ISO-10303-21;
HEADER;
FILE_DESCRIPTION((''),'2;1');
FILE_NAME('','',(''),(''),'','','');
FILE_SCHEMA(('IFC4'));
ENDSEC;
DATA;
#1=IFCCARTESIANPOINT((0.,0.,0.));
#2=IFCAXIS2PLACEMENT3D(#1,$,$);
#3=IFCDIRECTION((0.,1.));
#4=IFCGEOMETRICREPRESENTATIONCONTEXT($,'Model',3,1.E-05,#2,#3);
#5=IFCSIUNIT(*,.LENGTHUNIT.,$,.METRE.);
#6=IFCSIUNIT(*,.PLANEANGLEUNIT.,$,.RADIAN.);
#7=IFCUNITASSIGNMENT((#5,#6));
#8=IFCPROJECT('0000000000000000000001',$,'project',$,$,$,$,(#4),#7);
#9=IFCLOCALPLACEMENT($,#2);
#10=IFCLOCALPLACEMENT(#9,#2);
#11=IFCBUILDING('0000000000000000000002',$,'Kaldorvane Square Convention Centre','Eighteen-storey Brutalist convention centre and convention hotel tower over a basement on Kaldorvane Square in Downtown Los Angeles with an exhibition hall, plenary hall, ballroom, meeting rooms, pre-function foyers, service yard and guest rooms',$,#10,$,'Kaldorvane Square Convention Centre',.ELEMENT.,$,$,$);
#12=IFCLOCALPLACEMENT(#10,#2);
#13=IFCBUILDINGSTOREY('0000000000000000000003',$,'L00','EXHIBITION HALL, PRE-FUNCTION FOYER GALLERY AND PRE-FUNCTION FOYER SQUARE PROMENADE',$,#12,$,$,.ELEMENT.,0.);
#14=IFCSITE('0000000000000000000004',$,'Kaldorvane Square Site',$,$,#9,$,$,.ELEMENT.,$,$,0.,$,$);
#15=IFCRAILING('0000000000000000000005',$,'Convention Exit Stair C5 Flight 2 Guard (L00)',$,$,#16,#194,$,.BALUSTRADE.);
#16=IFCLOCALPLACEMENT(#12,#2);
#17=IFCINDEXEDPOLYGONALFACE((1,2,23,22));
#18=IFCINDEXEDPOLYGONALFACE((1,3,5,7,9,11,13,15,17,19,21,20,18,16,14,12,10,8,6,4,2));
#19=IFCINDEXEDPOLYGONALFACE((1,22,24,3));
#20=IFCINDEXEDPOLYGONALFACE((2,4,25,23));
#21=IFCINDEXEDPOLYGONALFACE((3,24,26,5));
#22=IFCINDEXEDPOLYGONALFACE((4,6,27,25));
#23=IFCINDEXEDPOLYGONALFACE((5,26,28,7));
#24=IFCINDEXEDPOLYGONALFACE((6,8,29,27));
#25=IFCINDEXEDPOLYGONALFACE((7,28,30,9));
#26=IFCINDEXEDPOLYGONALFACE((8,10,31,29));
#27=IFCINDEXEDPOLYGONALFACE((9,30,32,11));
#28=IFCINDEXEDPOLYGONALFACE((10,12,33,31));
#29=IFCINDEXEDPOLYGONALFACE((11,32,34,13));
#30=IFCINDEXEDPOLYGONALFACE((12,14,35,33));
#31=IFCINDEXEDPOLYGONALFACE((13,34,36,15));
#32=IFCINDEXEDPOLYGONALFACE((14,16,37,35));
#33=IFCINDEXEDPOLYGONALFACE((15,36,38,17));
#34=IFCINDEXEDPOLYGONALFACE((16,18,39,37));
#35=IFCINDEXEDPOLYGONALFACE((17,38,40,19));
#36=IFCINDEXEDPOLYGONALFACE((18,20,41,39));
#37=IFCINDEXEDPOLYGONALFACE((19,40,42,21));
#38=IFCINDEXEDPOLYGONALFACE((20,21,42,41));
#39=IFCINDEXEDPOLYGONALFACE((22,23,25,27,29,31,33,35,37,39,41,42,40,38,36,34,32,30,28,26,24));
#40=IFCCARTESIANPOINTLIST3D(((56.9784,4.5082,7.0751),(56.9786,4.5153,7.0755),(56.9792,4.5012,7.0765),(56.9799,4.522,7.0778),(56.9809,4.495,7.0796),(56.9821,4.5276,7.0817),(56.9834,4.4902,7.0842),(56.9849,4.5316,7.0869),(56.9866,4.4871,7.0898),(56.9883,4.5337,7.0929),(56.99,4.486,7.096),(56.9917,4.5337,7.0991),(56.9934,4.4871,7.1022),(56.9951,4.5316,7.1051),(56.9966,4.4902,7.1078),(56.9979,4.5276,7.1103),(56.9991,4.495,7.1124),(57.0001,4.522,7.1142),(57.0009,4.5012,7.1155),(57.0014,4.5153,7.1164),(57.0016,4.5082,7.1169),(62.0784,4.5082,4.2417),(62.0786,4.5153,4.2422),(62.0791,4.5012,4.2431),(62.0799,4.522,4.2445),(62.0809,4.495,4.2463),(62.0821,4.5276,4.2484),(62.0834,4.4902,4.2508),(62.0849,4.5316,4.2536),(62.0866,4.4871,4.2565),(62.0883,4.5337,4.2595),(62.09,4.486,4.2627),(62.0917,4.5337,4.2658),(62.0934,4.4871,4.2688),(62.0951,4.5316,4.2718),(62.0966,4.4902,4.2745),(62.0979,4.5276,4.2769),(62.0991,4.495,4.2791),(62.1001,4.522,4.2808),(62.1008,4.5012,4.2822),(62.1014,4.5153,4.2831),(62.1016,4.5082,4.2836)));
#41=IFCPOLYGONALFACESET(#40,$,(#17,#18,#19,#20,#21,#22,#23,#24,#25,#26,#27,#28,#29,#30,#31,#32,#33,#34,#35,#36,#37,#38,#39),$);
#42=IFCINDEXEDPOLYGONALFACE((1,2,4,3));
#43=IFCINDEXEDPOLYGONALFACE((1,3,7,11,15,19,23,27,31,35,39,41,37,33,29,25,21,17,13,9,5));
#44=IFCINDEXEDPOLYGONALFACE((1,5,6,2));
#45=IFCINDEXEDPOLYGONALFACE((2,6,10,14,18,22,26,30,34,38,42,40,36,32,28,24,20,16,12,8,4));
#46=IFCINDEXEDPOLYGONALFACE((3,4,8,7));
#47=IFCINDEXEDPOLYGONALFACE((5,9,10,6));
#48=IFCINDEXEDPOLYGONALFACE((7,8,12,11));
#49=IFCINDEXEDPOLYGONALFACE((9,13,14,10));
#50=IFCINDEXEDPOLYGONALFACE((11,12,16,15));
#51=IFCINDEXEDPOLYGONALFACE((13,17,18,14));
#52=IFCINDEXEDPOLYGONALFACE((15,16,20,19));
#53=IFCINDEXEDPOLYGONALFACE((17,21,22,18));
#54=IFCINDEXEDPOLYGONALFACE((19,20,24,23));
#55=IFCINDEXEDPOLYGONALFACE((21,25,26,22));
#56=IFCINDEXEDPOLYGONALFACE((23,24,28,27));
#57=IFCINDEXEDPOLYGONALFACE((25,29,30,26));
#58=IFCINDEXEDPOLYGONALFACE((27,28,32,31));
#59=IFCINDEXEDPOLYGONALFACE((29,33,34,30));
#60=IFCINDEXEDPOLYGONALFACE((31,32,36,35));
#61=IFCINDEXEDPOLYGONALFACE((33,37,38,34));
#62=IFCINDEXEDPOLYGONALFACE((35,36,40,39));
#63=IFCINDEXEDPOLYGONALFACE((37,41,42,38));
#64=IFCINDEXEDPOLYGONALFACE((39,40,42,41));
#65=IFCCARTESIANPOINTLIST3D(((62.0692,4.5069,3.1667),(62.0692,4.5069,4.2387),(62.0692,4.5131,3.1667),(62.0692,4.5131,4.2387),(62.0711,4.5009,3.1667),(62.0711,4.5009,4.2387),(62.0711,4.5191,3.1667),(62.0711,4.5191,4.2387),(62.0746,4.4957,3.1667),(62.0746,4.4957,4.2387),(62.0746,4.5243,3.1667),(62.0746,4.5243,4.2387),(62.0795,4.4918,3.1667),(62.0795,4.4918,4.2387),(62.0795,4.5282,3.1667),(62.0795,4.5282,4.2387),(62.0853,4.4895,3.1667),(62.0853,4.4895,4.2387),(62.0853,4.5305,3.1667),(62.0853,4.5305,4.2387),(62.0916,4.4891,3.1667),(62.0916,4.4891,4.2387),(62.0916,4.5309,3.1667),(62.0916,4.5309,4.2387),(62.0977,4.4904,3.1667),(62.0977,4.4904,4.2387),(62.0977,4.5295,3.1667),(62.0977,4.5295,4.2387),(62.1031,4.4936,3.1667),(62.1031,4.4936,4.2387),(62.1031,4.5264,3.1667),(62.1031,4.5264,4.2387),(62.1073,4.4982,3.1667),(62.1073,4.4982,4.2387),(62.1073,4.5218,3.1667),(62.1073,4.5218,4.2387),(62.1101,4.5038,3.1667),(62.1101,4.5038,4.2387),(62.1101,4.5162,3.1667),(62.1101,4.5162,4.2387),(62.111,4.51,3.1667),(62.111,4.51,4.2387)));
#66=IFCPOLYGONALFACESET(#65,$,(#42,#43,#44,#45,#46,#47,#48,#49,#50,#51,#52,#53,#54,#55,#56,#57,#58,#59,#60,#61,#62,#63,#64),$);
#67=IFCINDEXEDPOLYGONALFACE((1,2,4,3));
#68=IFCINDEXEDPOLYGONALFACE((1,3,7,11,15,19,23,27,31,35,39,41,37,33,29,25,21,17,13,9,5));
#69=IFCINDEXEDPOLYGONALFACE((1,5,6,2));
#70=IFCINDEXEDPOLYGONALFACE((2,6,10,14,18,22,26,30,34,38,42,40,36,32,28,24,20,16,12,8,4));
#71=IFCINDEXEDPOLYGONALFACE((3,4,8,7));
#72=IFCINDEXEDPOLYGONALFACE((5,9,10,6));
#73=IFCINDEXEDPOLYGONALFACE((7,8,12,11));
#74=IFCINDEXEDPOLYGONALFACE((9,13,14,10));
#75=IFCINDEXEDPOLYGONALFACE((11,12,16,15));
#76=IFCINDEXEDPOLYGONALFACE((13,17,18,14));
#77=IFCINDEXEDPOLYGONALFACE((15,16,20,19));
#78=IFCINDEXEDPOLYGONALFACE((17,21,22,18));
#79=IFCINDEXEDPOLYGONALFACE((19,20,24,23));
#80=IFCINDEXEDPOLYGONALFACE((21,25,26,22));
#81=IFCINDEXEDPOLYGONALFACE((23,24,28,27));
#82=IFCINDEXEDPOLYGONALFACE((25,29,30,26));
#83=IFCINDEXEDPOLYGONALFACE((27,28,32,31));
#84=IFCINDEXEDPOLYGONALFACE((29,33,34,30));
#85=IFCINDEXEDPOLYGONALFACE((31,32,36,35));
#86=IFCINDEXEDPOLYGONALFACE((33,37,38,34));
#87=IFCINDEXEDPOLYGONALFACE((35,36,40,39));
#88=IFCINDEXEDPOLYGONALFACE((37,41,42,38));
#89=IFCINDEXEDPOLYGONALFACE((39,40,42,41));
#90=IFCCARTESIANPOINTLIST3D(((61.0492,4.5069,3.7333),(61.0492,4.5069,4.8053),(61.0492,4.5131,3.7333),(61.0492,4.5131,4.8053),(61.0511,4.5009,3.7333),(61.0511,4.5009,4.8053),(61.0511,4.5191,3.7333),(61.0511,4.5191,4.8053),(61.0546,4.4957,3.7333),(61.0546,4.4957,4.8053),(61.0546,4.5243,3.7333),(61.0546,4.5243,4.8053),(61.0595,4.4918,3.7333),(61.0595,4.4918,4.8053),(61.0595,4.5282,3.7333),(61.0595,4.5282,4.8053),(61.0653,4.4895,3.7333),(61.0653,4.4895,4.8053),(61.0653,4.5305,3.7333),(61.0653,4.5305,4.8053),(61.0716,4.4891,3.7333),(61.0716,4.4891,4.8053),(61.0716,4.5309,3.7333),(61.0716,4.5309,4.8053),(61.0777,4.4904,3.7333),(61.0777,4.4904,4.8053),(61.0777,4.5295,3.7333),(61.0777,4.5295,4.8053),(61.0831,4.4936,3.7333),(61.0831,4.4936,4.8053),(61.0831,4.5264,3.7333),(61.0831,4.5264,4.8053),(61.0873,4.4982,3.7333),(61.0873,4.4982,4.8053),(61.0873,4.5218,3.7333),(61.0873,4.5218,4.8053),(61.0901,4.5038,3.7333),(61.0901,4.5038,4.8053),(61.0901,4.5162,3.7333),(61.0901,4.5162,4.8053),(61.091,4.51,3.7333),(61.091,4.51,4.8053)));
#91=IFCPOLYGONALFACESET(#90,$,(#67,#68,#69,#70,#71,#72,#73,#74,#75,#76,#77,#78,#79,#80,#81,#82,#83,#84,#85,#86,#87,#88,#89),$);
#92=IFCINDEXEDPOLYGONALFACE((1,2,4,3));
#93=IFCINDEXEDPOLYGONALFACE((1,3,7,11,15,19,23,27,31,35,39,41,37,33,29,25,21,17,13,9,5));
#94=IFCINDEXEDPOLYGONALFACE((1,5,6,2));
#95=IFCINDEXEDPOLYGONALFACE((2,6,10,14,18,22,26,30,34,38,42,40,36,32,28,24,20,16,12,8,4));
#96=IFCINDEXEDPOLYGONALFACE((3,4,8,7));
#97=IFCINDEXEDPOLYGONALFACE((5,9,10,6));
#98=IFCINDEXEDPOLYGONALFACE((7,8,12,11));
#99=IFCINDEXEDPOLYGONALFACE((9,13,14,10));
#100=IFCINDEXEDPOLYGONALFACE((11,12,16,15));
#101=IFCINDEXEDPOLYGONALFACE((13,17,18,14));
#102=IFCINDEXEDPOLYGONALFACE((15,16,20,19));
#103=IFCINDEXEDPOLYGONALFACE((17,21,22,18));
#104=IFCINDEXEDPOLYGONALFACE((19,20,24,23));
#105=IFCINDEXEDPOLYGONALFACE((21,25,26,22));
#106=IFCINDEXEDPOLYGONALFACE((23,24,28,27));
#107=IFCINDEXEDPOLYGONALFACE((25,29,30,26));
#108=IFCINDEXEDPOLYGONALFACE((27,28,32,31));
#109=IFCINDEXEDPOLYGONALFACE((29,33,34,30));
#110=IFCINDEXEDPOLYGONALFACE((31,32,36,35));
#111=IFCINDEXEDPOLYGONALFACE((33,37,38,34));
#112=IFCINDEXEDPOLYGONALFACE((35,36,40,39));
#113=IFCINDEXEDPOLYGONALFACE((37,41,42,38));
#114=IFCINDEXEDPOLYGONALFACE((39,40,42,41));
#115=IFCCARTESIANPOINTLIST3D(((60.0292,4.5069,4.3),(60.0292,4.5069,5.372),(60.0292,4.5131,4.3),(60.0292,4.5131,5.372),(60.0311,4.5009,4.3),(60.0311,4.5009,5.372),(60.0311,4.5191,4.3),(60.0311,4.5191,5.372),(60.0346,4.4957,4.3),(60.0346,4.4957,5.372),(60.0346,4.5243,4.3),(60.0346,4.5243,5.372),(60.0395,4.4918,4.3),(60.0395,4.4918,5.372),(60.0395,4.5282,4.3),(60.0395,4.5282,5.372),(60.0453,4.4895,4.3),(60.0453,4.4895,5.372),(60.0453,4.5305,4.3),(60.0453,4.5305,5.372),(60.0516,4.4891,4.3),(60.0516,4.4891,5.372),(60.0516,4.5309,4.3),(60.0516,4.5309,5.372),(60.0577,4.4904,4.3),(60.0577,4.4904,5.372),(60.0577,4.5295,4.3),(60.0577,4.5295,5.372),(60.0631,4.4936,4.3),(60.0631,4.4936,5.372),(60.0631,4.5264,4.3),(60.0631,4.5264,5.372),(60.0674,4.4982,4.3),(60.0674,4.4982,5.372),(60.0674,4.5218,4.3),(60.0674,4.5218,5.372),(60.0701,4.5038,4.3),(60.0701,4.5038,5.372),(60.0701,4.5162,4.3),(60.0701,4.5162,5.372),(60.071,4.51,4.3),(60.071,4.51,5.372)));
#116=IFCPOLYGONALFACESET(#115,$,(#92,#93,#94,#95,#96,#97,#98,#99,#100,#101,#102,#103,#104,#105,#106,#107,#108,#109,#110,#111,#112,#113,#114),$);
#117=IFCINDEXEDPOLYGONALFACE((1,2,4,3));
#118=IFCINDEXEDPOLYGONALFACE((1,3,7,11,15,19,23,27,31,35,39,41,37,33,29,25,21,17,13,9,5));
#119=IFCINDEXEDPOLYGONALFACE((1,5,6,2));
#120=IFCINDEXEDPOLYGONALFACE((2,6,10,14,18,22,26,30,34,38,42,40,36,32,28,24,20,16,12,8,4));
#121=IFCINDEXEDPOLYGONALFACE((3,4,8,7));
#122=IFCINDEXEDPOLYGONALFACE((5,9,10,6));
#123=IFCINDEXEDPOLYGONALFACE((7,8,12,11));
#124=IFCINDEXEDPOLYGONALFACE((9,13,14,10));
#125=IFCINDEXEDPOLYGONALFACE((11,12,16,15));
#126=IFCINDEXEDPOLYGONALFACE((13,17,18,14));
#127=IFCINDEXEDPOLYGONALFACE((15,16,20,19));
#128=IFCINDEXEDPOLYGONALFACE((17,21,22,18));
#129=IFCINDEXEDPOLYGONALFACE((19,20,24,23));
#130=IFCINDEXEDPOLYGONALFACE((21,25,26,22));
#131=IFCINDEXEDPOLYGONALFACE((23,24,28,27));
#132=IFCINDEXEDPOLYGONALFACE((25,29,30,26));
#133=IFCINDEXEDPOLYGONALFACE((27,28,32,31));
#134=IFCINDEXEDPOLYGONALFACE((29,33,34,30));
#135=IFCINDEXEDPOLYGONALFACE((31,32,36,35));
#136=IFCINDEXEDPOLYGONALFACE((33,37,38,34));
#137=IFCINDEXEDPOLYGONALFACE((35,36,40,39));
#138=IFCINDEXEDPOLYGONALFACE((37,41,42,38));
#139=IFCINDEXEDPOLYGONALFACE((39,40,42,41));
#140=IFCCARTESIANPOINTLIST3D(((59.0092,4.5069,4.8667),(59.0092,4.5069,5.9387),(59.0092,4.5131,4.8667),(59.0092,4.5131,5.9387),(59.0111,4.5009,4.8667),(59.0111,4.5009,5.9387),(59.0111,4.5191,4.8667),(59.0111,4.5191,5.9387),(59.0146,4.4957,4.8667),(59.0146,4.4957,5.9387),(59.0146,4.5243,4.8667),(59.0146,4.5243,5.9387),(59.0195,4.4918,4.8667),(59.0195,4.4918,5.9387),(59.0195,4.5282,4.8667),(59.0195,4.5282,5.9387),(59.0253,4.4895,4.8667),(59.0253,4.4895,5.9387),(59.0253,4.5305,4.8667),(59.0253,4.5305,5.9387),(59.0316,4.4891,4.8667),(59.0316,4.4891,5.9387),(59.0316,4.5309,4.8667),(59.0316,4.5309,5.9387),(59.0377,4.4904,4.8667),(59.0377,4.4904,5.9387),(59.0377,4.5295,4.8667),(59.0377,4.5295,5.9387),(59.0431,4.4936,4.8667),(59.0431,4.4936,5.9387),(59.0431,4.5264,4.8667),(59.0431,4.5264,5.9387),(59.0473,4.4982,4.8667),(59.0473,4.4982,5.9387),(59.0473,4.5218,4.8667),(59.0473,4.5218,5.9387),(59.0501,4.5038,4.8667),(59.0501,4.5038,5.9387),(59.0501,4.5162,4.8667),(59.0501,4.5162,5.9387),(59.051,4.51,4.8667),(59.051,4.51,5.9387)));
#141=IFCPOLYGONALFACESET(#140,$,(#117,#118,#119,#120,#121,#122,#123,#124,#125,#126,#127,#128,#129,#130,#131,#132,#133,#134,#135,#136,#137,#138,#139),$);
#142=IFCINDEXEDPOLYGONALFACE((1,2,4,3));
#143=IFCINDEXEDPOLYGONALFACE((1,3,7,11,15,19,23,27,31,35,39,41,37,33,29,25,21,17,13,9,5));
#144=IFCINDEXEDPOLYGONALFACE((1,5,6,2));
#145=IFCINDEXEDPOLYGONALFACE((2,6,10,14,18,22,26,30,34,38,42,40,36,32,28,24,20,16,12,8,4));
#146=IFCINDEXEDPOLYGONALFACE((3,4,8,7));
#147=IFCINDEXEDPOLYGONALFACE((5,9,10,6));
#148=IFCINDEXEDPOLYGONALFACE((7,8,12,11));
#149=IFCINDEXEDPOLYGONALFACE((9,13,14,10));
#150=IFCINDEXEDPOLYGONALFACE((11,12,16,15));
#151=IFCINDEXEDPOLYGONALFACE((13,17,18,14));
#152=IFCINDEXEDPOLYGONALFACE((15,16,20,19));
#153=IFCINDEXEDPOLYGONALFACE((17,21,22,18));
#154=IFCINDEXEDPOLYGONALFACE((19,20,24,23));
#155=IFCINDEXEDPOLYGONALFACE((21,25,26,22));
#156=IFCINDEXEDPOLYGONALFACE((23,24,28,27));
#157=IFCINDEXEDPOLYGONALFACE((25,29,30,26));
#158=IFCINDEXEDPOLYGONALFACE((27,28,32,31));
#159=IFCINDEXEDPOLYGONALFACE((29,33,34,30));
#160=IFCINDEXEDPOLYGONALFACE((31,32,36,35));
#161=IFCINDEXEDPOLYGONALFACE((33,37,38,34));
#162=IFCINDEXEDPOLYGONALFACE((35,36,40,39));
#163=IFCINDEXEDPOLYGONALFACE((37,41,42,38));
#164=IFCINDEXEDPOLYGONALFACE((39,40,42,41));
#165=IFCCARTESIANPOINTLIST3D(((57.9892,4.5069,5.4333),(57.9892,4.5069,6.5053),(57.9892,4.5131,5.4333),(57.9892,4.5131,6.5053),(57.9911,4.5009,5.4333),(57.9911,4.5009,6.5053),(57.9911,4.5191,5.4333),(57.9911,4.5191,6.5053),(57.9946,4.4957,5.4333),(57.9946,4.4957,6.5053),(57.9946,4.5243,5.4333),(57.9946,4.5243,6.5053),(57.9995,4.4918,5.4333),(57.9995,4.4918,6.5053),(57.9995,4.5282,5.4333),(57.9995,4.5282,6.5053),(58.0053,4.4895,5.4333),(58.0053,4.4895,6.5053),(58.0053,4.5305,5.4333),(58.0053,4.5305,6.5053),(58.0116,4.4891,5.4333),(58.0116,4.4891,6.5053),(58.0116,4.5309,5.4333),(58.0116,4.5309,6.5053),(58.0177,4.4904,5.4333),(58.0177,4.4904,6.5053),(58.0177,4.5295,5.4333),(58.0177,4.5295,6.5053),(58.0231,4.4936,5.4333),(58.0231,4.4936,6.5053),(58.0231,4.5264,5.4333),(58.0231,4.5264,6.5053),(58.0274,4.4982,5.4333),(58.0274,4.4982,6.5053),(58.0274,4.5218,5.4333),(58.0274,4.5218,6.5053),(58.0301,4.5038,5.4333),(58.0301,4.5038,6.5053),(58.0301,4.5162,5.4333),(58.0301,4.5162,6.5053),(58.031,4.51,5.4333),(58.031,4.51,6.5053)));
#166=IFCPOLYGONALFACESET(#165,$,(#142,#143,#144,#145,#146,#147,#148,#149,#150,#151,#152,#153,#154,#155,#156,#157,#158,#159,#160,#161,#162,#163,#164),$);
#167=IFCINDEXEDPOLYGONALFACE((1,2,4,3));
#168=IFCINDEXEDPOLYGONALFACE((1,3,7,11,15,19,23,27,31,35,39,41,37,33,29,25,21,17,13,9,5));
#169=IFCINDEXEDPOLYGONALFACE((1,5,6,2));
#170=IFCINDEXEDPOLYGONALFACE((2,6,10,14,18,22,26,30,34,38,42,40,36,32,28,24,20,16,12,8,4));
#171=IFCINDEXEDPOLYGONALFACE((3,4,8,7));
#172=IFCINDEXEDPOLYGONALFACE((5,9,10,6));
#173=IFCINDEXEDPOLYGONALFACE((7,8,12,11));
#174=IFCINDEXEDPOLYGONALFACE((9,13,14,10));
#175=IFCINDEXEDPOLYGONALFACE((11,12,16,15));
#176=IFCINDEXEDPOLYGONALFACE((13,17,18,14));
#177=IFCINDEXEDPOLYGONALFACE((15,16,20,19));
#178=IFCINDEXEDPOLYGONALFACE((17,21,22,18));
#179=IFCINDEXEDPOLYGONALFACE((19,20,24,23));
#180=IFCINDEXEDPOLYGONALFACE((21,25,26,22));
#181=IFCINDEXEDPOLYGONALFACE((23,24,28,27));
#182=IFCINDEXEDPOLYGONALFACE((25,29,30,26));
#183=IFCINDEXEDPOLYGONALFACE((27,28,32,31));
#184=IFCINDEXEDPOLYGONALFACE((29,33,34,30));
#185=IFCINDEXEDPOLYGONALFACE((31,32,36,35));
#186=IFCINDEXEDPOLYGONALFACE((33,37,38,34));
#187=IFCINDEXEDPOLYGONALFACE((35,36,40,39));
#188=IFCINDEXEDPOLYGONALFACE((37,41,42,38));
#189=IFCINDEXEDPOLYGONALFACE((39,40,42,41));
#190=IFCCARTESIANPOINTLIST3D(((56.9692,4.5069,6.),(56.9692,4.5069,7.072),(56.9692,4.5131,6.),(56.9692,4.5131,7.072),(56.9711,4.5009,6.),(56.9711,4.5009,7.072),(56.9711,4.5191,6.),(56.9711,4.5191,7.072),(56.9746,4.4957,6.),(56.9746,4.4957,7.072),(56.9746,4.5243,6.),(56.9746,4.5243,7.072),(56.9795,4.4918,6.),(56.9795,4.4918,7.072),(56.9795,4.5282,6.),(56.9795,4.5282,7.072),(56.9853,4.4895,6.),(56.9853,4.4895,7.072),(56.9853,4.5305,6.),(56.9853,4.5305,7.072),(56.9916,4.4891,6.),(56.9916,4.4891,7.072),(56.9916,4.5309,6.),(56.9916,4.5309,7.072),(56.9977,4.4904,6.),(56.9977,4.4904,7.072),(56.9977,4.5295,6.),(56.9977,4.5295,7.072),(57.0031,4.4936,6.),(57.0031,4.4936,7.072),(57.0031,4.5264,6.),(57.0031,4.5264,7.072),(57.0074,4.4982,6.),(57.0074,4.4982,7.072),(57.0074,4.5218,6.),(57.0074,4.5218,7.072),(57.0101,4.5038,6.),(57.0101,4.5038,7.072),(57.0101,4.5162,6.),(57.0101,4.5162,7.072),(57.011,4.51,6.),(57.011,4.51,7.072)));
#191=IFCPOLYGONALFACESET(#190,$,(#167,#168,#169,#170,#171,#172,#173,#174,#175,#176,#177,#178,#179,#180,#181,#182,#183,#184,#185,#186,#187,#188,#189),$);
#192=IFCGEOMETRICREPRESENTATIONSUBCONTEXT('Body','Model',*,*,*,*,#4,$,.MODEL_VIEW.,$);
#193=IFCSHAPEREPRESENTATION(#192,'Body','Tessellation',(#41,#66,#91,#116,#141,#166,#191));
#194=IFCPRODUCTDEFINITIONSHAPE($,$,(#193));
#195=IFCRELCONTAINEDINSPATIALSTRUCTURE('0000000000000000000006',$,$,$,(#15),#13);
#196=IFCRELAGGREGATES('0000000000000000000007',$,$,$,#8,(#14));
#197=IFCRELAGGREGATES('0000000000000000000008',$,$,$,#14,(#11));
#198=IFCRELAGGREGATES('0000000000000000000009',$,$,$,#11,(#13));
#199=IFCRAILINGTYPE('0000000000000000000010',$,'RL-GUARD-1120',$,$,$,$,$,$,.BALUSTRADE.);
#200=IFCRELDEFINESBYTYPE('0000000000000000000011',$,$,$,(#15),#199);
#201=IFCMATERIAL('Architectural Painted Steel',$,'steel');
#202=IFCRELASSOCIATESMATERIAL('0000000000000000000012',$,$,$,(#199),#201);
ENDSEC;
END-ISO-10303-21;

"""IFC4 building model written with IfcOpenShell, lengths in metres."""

from ifc_helpers import new_model, si_unit, direction, frame, origin, origin_2d, place, context, subcontext, project, spatial, circle, extrude, material, type_object, element, save


model = new_model("IFC4")

# Units and contexts
model_context = context("Model", 3, precision=1e-05, world=origin(), true_north=direction((0.0, 1.0)))
body_context = subcontext(model_context, "Body", "Model", "MODEL_VIEW")
ifc_project = project(units=[si_unit("LENGTHUNIT", "METRE"), si_unit("PLANEANGLEUNIT", "RADIAN")], contexts=[model_context])

# Site, building, storey
site_placement = place(None, origin())
site = spatial("IfcSite", under=ifc_project, at=site_placement, Name="Kaldorvane Square Site", CompositionType="ELEMENT", RefElevation=0.0)
building_placement = place(site_placement, origin())
building = spatial("IfcBuilding", under=site, at=building_placement, Name="Kaldorvane Square Convention Centre", Description="Eighteen-storey Brutalist convention centre and convention hotel tower over a basement on Kaldorvane Square in Downtown Los Angeles with an exhibition hall, plenary hall, ballroom, meeting rooms, pre-function foyers, service yard and guest rooms", LongName="Kaldorvane Square Convention Centre", CompositionType="ELEMENT")
storey_placement = place(building_placement, origin())
storey = spatial("IfcBuildingStorey", under=building, at=storey_placement, Name="L00", Description="EXHIBITION HALL, PRE-FUNCTION FOYER GALLERY AND PRE-FUNCTION FOYER SQUARE PROMENADE", CompositionType="ELEMENT", Elevation=0.0)

# Railing
ifc_material_1 = material(Name="Architectural Painted Steel", Category="steel")
railing_type_1 = type_object("IfcRailingType", Name="RL-GUARD-1120", PredefinedType="BALUSTRADE", material=ifc_material_1)
railing_1_placement = place(storey_placement, frame((62.09, 4.51, 3.1667)))
element("IfcRailing", 1, at=railing_1_placement, inside=storey, type_object=railing_type_1, Name="Convention Exit Stair C5 Flight 2 Guard (L00)", PredefinedType="BALUSTRADE", context=body_context, shape_type="SweptSolid", body=[
    extrude(circle(Radius=0.024, at=origin_2d()), frame((0.0, 0.0, 1.096), z_axis=(-0.874157, 0.0, 0.485643), x_axis=(0.0, -1.0, 0.0)), (0.0, 0.0, 1.0), 5.8342),
    extrude(circle(Radius=0.021, at=origin_2d()), origin(), (0.0, 0.0, 1.0), 1.072),
    extrude(circle(Radius=0.021, at=origin_2d()), frame((-1.02, 0.0, 0.5667)), (0.0, 0.0, 1.0), 1.072),
    extrude(circle(Radius=0.021, at=origin_2d()), frame((-2.04, 0.0, 1.1333)), (0.0, 0.0, 1.0), 1.072),
    extrude(circle(Radius=0.021, at=origin_2d()), frame((-3.06, 0.0, 1.7)), (0.0, 0.0, 1.0), 1.072),
    extrude(circle(Radius=0.021, at=origin_2d()), frame((-4.08, 0.0, 2.2667)), (0.0, 0.0, 1.0), 1.072),
    extrude(circle(Radius=0.021, at=origin_2d()), frame((-5.1, 0.0, 2.8333)), (0.0, 0.0, 1.0), 1.072),
])

save(model, "model.ifc")
